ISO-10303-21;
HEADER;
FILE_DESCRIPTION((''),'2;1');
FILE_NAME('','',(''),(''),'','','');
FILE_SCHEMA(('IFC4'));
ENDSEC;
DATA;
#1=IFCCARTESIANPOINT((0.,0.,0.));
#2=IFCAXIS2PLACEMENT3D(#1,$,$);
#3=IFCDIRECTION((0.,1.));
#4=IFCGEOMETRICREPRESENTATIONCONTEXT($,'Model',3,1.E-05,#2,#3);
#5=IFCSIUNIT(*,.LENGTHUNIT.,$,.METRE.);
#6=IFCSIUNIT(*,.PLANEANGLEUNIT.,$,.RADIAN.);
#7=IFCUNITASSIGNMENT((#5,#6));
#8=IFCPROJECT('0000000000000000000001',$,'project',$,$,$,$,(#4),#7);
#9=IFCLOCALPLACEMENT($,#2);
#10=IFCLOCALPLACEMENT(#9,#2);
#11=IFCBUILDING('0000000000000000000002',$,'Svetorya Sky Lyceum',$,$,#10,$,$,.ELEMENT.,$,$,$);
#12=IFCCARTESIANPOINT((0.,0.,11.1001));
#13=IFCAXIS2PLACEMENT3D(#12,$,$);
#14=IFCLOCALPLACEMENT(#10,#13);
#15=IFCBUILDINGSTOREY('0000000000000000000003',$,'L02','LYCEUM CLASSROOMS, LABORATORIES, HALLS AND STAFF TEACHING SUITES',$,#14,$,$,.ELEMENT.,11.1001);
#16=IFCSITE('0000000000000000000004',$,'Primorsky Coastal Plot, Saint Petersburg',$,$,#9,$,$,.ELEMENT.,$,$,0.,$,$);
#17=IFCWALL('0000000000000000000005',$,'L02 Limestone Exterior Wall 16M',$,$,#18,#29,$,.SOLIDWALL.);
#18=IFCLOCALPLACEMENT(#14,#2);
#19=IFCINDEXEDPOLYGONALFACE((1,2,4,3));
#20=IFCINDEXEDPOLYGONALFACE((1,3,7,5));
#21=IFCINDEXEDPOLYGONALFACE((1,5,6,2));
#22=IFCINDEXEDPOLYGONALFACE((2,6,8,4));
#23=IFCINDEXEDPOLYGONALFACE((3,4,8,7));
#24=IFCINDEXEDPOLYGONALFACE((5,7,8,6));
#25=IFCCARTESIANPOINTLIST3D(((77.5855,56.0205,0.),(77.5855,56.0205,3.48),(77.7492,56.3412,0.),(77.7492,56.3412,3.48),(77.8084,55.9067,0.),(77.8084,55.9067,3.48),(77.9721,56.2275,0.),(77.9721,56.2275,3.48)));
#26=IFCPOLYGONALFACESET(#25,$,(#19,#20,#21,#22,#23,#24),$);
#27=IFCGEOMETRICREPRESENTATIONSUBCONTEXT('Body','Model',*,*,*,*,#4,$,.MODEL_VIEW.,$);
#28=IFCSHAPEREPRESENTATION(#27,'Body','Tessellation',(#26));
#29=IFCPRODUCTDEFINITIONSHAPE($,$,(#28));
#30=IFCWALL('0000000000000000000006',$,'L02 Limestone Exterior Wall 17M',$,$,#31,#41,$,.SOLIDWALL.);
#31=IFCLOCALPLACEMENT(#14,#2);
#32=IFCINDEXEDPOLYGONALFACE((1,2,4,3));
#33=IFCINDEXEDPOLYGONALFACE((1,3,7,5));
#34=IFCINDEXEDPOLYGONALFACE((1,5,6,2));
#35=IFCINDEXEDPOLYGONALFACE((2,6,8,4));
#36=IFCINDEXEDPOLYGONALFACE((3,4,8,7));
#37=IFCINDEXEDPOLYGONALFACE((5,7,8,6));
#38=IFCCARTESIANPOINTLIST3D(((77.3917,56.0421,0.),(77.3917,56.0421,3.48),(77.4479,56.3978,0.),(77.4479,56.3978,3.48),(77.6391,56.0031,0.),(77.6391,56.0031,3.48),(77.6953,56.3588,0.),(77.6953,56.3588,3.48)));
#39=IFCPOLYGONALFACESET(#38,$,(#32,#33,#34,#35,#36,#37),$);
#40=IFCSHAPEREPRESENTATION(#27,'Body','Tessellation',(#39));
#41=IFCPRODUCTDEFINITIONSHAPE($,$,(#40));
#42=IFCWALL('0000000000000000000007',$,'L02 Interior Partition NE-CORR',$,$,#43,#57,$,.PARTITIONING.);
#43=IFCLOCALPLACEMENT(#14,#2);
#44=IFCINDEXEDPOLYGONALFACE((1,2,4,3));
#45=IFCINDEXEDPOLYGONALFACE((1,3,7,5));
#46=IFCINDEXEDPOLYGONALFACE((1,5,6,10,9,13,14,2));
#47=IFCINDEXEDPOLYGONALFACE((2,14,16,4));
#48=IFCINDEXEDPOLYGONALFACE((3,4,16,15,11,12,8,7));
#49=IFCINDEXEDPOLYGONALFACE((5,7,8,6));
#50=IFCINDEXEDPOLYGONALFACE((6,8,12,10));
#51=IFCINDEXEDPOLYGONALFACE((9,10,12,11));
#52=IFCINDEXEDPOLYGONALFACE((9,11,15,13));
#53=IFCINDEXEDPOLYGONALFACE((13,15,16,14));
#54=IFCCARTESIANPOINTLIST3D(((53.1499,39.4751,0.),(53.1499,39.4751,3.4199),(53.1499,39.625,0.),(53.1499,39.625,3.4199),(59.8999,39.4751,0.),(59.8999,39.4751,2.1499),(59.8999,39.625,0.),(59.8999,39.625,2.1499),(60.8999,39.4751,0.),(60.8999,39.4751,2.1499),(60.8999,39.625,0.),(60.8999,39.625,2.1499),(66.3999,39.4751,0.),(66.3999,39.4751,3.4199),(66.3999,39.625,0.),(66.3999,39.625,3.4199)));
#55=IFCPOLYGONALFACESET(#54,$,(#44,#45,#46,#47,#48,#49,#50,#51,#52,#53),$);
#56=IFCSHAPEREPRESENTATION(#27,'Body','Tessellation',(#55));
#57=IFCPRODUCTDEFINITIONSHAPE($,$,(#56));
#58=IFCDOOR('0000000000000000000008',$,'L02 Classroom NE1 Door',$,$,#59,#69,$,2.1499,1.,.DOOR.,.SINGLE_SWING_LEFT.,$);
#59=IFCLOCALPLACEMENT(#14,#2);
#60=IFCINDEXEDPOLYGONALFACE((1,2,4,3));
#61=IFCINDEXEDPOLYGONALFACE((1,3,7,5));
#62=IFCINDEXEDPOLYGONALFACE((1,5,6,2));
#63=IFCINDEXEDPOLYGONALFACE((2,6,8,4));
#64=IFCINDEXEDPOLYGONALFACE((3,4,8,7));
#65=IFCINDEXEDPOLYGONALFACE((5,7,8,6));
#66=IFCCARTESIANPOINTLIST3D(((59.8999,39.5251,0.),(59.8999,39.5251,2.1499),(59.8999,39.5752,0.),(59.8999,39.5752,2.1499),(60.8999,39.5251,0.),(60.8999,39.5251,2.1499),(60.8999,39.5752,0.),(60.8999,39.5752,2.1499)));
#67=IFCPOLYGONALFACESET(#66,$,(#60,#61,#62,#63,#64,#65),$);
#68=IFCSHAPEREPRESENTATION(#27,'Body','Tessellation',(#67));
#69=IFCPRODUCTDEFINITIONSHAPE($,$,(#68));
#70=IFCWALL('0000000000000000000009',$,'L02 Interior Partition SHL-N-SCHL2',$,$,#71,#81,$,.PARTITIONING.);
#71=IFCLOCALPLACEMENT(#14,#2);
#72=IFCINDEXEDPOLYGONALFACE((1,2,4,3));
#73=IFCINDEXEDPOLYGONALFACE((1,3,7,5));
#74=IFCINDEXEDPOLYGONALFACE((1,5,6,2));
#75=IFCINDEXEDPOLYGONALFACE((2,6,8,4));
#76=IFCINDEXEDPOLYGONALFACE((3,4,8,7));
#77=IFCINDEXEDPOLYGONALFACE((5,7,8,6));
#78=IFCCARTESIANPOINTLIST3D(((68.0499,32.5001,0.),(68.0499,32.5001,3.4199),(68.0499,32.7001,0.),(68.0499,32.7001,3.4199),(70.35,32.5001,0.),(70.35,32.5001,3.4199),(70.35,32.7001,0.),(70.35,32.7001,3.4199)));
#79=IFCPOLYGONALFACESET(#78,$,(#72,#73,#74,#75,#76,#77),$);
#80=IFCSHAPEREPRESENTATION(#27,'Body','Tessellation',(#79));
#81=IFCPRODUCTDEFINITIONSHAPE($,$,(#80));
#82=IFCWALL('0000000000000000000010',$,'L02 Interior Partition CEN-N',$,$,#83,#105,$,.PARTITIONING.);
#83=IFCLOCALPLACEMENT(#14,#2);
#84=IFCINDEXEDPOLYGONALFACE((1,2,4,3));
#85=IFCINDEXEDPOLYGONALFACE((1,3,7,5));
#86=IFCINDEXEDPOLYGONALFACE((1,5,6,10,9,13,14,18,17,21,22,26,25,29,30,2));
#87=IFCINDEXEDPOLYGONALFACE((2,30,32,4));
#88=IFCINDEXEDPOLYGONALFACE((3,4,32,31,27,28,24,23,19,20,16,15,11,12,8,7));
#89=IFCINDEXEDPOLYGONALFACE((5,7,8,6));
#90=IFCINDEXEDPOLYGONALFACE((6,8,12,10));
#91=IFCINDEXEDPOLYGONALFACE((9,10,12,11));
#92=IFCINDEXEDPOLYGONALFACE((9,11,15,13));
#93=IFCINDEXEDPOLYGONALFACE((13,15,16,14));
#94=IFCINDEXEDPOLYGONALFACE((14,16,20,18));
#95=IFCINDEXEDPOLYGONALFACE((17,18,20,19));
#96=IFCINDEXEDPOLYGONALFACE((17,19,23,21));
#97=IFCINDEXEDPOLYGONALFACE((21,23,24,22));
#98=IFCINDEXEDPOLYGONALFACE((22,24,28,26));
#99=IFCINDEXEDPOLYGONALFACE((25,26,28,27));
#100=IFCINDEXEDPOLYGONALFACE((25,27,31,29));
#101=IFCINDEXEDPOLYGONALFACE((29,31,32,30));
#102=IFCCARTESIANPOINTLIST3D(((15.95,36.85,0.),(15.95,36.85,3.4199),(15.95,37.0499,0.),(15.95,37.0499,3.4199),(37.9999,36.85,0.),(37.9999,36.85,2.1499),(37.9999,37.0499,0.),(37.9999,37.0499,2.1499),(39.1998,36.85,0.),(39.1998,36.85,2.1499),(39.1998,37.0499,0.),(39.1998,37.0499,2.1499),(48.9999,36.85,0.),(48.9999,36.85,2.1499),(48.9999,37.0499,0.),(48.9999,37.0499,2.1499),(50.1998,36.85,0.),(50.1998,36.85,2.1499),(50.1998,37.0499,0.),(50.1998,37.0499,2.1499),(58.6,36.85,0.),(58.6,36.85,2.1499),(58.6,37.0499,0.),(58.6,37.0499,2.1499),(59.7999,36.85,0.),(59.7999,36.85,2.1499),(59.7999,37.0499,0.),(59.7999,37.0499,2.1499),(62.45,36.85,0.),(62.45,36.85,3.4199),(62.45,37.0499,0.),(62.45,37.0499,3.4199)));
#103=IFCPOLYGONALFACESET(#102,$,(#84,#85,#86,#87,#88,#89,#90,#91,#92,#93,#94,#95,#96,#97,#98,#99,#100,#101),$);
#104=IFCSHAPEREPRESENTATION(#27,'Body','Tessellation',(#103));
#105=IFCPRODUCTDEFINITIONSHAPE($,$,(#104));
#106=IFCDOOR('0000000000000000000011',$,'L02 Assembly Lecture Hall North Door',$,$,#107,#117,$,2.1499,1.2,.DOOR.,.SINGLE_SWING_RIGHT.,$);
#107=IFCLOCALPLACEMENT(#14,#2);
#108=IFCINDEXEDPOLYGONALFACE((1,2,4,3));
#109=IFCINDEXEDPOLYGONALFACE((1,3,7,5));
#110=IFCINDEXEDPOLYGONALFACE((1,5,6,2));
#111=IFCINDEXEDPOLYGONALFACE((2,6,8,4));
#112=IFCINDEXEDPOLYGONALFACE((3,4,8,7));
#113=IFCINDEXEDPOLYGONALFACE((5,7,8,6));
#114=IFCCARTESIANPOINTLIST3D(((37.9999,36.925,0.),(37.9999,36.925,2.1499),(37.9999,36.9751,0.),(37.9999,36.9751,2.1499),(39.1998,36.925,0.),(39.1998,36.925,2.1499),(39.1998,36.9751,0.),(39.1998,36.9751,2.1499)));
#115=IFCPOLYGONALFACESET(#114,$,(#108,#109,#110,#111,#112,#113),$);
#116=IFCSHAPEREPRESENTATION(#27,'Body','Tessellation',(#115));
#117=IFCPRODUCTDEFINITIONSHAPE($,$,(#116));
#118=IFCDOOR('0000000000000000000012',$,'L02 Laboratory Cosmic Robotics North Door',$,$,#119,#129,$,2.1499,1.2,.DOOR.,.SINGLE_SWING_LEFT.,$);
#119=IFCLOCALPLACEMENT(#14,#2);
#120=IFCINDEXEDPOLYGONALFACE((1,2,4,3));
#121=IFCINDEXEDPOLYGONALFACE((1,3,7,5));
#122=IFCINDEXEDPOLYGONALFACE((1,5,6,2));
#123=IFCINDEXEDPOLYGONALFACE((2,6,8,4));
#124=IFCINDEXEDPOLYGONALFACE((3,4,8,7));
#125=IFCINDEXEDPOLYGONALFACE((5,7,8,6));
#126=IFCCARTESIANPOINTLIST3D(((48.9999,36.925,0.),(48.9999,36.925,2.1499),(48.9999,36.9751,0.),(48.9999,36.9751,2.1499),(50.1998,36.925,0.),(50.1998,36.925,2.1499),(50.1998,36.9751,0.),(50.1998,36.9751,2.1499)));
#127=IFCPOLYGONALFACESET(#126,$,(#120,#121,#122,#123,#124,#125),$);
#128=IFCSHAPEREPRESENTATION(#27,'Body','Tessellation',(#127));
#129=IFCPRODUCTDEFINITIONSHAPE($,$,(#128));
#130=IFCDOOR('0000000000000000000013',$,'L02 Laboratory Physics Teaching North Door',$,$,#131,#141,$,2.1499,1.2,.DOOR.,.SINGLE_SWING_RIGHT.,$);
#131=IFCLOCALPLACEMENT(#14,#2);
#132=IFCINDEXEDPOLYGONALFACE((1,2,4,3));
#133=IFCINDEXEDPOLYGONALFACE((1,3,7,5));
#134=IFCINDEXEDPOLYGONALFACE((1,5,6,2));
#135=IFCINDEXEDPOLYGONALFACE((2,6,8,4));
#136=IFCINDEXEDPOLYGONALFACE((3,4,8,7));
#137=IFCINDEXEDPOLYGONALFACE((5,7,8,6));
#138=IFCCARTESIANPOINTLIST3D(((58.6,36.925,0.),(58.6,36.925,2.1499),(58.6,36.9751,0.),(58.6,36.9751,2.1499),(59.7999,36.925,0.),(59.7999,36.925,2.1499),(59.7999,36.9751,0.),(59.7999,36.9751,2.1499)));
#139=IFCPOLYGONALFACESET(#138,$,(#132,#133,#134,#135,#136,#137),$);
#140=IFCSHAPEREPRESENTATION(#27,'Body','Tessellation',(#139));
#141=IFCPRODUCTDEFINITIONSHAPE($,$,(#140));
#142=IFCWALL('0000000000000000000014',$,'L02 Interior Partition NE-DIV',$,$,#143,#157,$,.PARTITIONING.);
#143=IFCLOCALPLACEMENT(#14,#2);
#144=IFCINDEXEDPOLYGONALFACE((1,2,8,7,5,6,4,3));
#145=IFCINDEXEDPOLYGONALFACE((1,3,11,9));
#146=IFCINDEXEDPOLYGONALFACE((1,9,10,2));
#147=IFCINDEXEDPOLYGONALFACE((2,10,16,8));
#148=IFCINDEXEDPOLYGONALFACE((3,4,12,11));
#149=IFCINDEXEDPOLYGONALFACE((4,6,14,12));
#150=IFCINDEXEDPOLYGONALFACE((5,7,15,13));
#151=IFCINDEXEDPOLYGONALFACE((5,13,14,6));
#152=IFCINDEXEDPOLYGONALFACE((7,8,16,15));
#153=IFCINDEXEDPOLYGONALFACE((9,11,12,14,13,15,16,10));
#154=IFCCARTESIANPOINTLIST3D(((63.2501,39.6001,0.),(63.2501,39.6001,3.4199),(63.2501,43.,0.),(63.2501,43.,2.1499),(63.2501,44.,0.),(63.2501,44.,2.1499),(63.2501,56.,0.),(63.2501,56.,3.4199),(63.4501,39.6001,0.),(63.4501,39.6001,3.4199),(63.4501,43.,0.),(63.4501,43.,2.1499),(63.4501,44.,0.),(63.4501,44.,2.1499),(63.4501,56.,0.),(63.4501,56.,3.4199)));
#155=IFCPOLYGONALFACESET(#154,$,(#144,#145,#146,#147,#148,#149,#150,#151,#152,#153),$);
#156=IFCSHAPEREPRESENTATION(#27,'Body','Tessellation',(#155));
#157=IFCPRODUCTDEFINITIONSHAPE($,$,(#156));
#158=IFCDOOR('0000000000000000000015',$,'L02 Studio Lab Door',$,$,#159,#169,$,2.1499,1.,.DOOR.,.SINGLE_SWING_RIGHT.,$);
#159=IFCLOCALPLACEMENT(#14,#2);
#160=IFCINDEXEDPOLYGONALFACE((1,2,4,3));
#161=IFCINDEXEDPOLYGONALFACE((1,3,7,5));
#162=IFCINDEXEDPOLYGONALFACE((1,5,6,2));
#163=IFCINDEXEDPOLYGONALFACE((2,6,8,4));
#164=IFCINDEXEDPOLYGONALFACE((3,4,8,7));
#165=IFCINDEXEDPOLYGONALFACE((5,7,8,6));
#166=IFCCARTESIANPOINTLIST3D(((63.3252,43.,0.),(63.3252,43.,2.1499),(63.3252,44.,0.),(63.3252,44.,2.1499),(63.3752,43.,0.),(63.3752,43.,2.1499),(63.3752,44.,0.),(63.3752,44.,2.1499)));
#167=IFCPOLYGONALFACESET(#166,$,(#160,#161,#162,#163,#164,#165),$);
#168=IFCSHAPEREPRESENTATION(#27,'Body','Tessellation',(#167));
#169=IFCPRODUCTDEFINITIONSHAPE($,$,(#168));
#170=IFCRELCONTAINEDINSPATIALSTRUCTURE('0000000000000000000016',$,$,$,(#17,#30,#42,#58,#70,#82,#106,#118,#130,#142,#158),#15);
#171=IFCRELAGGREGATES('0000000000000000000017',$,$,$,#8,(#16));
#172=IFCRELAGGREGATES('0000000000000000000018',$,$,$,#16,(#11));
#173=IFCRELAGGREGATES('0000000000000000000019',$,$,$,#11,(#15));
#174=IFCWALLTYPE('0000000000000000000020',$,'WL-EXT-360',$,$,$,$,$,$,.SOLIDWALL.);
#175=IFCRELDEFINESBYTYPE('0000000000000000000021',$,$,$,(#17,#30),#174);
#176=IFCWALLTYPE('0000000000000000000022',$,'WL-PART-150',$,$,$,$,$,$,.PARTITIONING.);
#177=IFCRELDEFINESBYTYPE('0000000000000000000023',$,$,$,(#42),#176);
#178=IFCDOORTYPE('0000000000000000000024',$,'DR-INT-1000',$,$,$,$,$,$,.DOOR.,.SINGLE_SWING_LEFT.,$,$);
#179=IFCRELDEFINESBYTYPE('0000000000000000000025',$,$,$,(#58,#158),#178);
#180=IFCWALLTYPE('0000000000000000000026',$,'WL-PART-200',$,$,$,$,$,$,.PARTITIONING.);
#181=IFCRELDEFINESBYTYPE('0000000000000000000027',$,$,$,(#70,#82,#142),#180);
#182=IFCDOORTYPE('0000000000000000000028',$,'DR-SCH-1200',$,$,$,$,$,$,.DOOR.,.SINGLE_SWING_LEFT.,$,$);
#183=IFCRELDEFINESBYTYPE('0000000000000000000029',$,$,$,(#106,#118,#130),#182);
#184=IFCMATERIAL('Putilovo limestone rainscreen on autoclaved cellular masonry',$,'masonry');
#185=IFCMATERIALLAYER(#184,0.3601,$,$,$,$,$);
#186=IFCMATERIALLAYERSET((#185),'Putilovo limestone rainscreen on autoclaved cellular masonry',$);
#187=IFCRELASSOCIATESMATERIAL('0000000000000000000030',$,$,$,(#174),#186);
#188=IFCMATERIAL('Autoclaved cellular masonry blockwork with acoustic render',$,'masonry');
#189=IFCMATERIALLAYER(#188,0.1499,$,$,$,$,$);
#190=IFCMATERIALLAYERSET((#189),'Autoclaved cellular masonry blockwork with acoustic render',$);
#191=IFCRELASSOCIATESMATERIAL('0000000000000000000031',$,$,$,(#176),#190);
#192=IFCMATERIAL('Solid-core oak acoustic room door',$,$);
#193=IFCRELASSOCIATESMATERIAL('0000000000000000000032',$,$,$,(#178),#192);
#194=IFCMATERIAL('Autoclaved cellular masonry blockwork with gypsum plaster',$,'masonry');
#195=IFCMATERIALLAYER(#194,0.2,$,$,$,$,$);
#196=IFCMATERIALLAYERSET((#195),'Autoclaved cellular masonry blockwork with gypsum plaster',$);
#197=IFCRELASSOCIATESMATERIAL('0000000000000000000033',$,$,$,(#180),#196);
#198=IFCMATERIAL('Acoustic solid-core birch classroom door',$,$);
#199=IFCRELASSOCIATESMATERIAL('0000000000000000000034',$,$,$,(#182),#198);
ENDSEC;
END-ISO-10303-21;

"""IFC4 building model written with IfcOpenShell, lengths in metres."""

from ifc_helpers import new_model, si_unit, direction, frame, frame_2d, origin, place, context, subcontext, project, spatial, rectangle, extrude, material, layer, layer_set, type_object, element, fill, save


model = new_model("IFC4")

# Units and contexts
model_context = context("Model", 3, precision=1e-05, world=origin(), true_north=direction((0.0, 1.0)))
body_context = subcontext(model_context, "Body", "Model", "MODEL_VIEW")
ifc_project = project(units=[si_unit("LENGTHUNIT", "METRE"), si_unit("PLANEANGLEUNIT", "RADIAN")], contexts=[model_context])

# Site, building, storey
site_placement = place(None, origin())
site = spatial("IfcSite", under=ifc_project, at=site_placement, Name="Primorsky Coastal Plot, Saint Petersburg", CompositionType="ELEMENT", RefElevation=0.0)
building_placement = place(site_placement, origin())
building = spatial("IfcBuilding", under=site, at=building_placement, Name="Svetorya Sky Lyceum", CompositionType="ELEMENT")
storey_placement = place(building_placement, frame((0.0, 0.0, 11.1001)))
storey = spatial("IfcBuildingStorey", under=building, at=storey_placement, Name="L02", Description="LYCEUM CLASSROOMS, LABORATORIES, HALLS AND STAFF TEACHING SUITES", CompositionType="ELEMENT", Elevation=11.1001)

# Walls
ifc_material_1 = material(Name="Putilovo limestone rainscreen on autoclaved cellular masonry", Category="masonry")
ifc_layer_1 = layer(ifc_material_1, 0.3601)
ifc_layer_set_1 = layer_set([ifc_layer_1], Name="Putilovo limestone rainscreen on autoclaved cellular masonry")
wall_type_1 = type_object("IfcWallType", Name="WL-EXT-360", PredefinedType="SOLIDWALL", material=ifc_layer_set_1)
for number, where, z_axis, x_axis, name in (
    (1, (77.8901, 56.0671, 0.0), (0.0, 0.0, 1.0), (-0.890689, 0.454613, 0.0), "L02 Limestone Exterior Wall 16M"),
):
    element("IfcWall", number, at=place(storey_placement, frame(where, z_axis=z_axis, x_axis=x_axis)), inside=storey, type_object=wall_type_1, Name=name, PredefinedType="SOLIDWALL", context=body_context, shape_type="SweptSolid", body=[
        extrude(rectangle(XDim=0.2502, YDim=0.3601, at=frame_2d((0.125, 0.0))), origin(), (0.0, 0.0, 1.0), 3.48),
    ])
wall_1_placement = place(storey_placement, frame((77.6672, 56.1809, 0.0), z_axis=(0.0, 0.0, 1.0), x_axis=(-0.987755, 0.156013, 0.0)))
element("IfcWall", 2, at=wall_1_placement, inside=storey, type_object=wall_type_1, Name="L02 Limestone Exterior Wall 17M", PredefinedType="SOLIDWALL", context=body_context, shape_type="SweptSolid", body=[
    extrude(rectangle(XDim=0.2505, YDim=0.3601, at=frame_2d((0.1252, 0.0))), origin(), (0.0, 0.0, 1.0), 3.48),
])

# Wall, opening, door
ifc_material_2 = material(Name="Autoclaved cellular masonry blockwork with acoustic render", Category="masonry")
ifc_layer_2 = layer(ifc_material_2, 0.1499)
ifc_layer_set_2 = layer_set([ifc_layer_2], Name="Autoclaved cellular masonry blockwork with acoustic render")
wall_type_2 = type_object("IfcWallType", Name="WL-PART-150", PredefinedType="PARTITIONING", material=ifc_layer_set_2)
wall_2_placement = place(storey_placement, frame((66.3999, 39.55, 0.0), z_axis=(0.0, 0.0, 1.0), x_axis=(-1.0, 0.0, 0.0)))
wall_2 = element("IfcWall", 3, at=wall_2_placement, inside=storey, type_object=wall_type_2, Name="L02 Interior Partition NE-CORR", PredefinedType="PARTITIONING", context=body_context, shape_type="SweptSolid", body=[
    extrude(rectangle(XDim=13.25, YDim=0.1499, at=frame_2d((6.625, 0.0))), origin(), (0.0, 0.0, 1.0), 3.4199),
])
opening_1_placement = place(wall_2_placement, frame((5.5, 0.0, 0.0)))
opening_1 = element("IfcOpeningElement", 4, at=opening_1_placement, cuts=wall_2, PredefinedType="OPENING", context=body_context, shape_type="SweptSolid", body=[
    extrude(rectangle(XDim=1.0, YDim=2.1499, at=frame_2d((0.5, 1.075))), frame((0.0, 0.085, 0.0), z_axis=(0.0, -1.0, 0.0), x_axis=(1.0, 0.0, 0.0)), (0.0, 0.0, 1.0), 0.1699),
])
ifc_material_3 = material(Name="Solid-core oak acoustic room door")
door_type_1 = type_object("IfcDoorType", Name="DR-INT-1000", OperationType="SINGLE_SWING_LEFT", PredefinedType="DOOR", material=ifc_material_3)
door_1_placement = place(opening_1_placement, origin())
door_1 = element("IfcDoor", 5, at=door_1_placement, inside=storey, type_object=door_type_1, Name="L02 Classroom NE1 Door", OperationType="SINGLE_SWING_LEFT", OverallHeight=2.1499, OverallWidth=1.0, PredefinedType="DOOR", context=body_context, shape_type="SweptSolid", body=[
    extrude(rectangle(XDim=1.0, YDim=2.1499, at=frame_2d((0.5, 1.075))), frame((0.0, 0.0249, 0.0), z_axis=(0.0, -1.0, 0.0), x_axis=(1.0, 0.0, 0.0)), (0.0, 0.0, 1.0), 0.05),
])
fill(opening_1, door_1)

# Wall
ifc_material_4 = material(Name="Autoclaved cellular masonry blockwork with gypsum plaster", Category="masonry")
ifc_layer_3 = layer(ifc_material_4, 0.2)
ifc_layer_set_3 = layer_set([ifc_layer_3], Name="Autoclaved cellular masonry blockwork with gypsum plaster")
wall_type_3 = type_object("IfcWallType", Name="WL-PART-200", PredefinedType="PARTITIONING", material=ifc_layer_set_3)
wall_3_placement = place(storey_placement, frame((68.05, 32.6001, 0.0), z_axis=(0.0, 0.0, 1.0), x_axis=(1.0, 0.0, 0.0)))
element("IfcWall", 6, at=wall_3_placement, inside=storey, type_object=wall_type_3, Name="L02 Interior Partition SHL-N-SCHL2", PredefinedType="PARTITIONING", context=body_context, shape_type="SweptSolid", body=[
    extrude(rectangle(XDim=2.3, YDim=0.2, at=frame_2d((1.1499, 0.0))), origin(), (0.0, 0.0, 1.0), 3.4199),
])

# Wall, openings, doors
wall_4_placement = place(storey_placement, frame((62.45, 36.95, 0.0), z_axis=(0.0, 0.0, 1.0), x_axis=(-1.0, 0.0, 0.0)))
wall_4 = element("IfcWall", 7, at=wall_4_placement, inside=storey, type_object=wall_type_3, Name="L02 Interior Partition CEN-N", PredefinedType="PARTITIONING", context=body_context, shape_type="SweptSolid", body=[
    extrude(rectangle(XDim=46.5, YDim=0.2, at=frame_2d((23.25, 0.0))), origin(), (0.0, 0.0, 1.0), 3.4199),
])
opening_2_placement = place(wall_4_placement, frame((23.25, 0.0, 0.0)))
opening_2 = element("IfcOpeningElement", 8, at=opening_2_placement, cuts=wall_4, PredefinedType="OPENING", context=body_context, shape_type="SweptSolid", body=[
    extrude(rectangle(XDim=1.2, YDim=2.1499, at=frame_2d((0.6001, 1.075))), frame((0.0, 0.1099, 0.0), z_axis=(0.0, -1.0, 0.0), x_axis=(1.0, 0.0, 0.0)), (0.0, 0.0, 1.0), 0.22),
])
opening_3_placement = place(wall_4_placement, frame((12.25, 0.0, 0.0)))
opening_3 = element("IfcOpeningElement", 9, at=opening_3_placement, cuts=wall_4, PredefinedType="OPENING", context=body_context, shape_type="SweptSolid", body=[
    extrude(rectangle(XDim=1.2, YDim=2.1499, at=frame_2d((0.6001, 1.075))), frame((0.0, 0.1099, 0.0), z_axis=(0.0, -1.0, 0.0), x_axis=(1.0, 0.0, 0.0)), (0.0, 0.0, 1.0), 0.22),
])
opening_4_placement = place(wall_4_placement, frame((2.6499, 0.0, 0.0)))
opening_4 = element("IfcOpeningElement", 10, at=opening_4_placement, cuts=wall_4, PredefinedType="OPENING", context=body_context, shape_type="SweptSolid", body=[
    extrude(rectangle(XDim=1.2, YDim=2.1499, at=frame_2d((0.6001, 1.075))), frame((0.0, 0.1099, 0.0), z_axis=(0.0, -1.0, 0.0), x_axis=(1.0, 0.0, 0.0)), (0.0, 0.0, 1.0), 0.22),
])
ifc_material_5 = material(Name="Acoustic solid-core birch classroom door")
door_type_2 = type_object("IfcDoorType", Name="DR-SCH-1200", OperationType="SINGLE_SWING_LEFT", PredefinedType="DOOR", material=ifc_material_5)
door_2_placement = place(opening_2_placement, origin())
door_2 = element("IfcDoor", 11, at=door_2_placement, inside=storey, type_object=door_type_2, Name="L02 Assembly Lecture Hall North Door", OperationType="SINGLE_SWING_RIGHT", OverallHeight=2.1499, OverallWidth=1.2, PredefinedType="DOOR", context=body_context, shape_type="SweptSolid", body=[
    extrude(rectangle(XDim=1.2, YDim=2.1499, at=frame_2d((0.6001, 1.075))), frame((0.0, 0.0249, 0.0), z_axis=(0.0, -1.0, 0.0), x_axis=(1.0, 0.0, 0.0)), (0.0, 0.0, 1.0), 0.05),
])
fill(opening_2, door_2)
door_3_placement = place(opening_3_placement, origin())
door_3 = element("IfcDoor", 12, at=door_3_placement, inside=storey, type_object=door_type_2, Name="L02 Laboratory Cosmic Robotics North Door", OperationType="SINGLE_SWING_LEFT", OverallHeight=2.1499, OverallWidth=1.2, PredefinedType="DOOR", context=body_context, shape_type="SweptSolid", body=[
    extrude(rectangle(XDim=1.2, YDim=2.1499, at=frame_2d((0.6001, 1.075))), frame((0.0, 0.0249, 0.0), z_axis=(0.0, -1.0, 0.0), x_axis=(1.0, 0.0, 0.0)), (0.0, 0.0, 1.0), 0.05),
])
fill(opening_3, door_3)
door_4_placement = place(opening_4_placement, origin())
door_4 = element("IfcDoor", 13, at=door_4_placement, inside=storey, type_object=door_type_2, Name="L02 Laboratory Physics Teaching North Door", OperationType="SINGLE_SWING_RIGHT", OverallHeight=2.1499, OverallWidth=1.2, PredefinedType="DOOR", context=body_context, shape_type="SweptSolid", body=[
    extrude(rectangle(XDim=1.2, YDim=2.1499, at=frame_2d((0.6001, 1.075))), frame((0.0, 0.0249, 0.0), z_axis=(0.0, -1.0, 0.0), x_axis=(1.0, 0.0, 0.0)), (0.0, 0.0, 1.0), 0.05),
])
fill(opening_4, door_4)

# Wall, opening, door
wall_5_placement = place(storey_placement, frame((63.3501, 39.6001, 0.0), z_axis=(0.0, 0.0, 1.0), x_axis=(0.0, 1.0, 0.0)))
wall_5 = element("IfcWall", 14, at=wall_5_placement, inside=storey, type_object=wall_type_3, Name="L02 Interior Partition NE-DIV", PredefinedType="PARTITIONING", context=body_context, shape_type="SweptSolid", body=[
    extrude(rectangle(XDim=16.3999, YDim=0.2, at=frame_2d((8.2, 0.0))), origin(), (0.0, 0.0, 1.0), 3.4199),
])
opening_5_placement = place(wall_5_placement, frame((3.3999, 0.0, 0.0)))
opening_5 = element("IfcOpeningElement", 15, at=opening_5_placement, cuts=wall_5, PredefinedType="OPENING", context=body_context, shape_type="SweptSolid", body=[
    extrude(rectangle(XDim=1.0, YDim=2.1499, at=frame_2d((0.5, 1.075))), frame((0.0, 0.1099, 0.0), z_axis=(0.0, -1.0, 0.0), x_axis=(1.0, 0.0, 0.0)), (0.0, 0.0, 1.0), 0.22),
])
door_5_placement = place(opening_5_placement, origin())
door_5 = element("IfcDoor", 16, at=door_5_placement, inside=storey, type_object=door_type_1, Name="L02 Studio Lab Door", OperationType="SINGLE_SWING_RIGHT", OverallHeight=2.1499, OverallWidth=1.0, PredefinedType="DOOR", context=body_context, shape_type="SweptSolid", body=[
    extrude(rectangle(XDim=1.0, YDim=2.1499, at=frame_2d((0.5, 1.075))), frame((0.0, 0.0249, 0.0), z_axis=(0.0, -1.0, 0.0), x_axis=(1.0, 0.0, 0.0)), (0.0, 0.0, 1.0), 0.05),
])
fill(opening_5, door_5)

save(model, "model.ifc")
